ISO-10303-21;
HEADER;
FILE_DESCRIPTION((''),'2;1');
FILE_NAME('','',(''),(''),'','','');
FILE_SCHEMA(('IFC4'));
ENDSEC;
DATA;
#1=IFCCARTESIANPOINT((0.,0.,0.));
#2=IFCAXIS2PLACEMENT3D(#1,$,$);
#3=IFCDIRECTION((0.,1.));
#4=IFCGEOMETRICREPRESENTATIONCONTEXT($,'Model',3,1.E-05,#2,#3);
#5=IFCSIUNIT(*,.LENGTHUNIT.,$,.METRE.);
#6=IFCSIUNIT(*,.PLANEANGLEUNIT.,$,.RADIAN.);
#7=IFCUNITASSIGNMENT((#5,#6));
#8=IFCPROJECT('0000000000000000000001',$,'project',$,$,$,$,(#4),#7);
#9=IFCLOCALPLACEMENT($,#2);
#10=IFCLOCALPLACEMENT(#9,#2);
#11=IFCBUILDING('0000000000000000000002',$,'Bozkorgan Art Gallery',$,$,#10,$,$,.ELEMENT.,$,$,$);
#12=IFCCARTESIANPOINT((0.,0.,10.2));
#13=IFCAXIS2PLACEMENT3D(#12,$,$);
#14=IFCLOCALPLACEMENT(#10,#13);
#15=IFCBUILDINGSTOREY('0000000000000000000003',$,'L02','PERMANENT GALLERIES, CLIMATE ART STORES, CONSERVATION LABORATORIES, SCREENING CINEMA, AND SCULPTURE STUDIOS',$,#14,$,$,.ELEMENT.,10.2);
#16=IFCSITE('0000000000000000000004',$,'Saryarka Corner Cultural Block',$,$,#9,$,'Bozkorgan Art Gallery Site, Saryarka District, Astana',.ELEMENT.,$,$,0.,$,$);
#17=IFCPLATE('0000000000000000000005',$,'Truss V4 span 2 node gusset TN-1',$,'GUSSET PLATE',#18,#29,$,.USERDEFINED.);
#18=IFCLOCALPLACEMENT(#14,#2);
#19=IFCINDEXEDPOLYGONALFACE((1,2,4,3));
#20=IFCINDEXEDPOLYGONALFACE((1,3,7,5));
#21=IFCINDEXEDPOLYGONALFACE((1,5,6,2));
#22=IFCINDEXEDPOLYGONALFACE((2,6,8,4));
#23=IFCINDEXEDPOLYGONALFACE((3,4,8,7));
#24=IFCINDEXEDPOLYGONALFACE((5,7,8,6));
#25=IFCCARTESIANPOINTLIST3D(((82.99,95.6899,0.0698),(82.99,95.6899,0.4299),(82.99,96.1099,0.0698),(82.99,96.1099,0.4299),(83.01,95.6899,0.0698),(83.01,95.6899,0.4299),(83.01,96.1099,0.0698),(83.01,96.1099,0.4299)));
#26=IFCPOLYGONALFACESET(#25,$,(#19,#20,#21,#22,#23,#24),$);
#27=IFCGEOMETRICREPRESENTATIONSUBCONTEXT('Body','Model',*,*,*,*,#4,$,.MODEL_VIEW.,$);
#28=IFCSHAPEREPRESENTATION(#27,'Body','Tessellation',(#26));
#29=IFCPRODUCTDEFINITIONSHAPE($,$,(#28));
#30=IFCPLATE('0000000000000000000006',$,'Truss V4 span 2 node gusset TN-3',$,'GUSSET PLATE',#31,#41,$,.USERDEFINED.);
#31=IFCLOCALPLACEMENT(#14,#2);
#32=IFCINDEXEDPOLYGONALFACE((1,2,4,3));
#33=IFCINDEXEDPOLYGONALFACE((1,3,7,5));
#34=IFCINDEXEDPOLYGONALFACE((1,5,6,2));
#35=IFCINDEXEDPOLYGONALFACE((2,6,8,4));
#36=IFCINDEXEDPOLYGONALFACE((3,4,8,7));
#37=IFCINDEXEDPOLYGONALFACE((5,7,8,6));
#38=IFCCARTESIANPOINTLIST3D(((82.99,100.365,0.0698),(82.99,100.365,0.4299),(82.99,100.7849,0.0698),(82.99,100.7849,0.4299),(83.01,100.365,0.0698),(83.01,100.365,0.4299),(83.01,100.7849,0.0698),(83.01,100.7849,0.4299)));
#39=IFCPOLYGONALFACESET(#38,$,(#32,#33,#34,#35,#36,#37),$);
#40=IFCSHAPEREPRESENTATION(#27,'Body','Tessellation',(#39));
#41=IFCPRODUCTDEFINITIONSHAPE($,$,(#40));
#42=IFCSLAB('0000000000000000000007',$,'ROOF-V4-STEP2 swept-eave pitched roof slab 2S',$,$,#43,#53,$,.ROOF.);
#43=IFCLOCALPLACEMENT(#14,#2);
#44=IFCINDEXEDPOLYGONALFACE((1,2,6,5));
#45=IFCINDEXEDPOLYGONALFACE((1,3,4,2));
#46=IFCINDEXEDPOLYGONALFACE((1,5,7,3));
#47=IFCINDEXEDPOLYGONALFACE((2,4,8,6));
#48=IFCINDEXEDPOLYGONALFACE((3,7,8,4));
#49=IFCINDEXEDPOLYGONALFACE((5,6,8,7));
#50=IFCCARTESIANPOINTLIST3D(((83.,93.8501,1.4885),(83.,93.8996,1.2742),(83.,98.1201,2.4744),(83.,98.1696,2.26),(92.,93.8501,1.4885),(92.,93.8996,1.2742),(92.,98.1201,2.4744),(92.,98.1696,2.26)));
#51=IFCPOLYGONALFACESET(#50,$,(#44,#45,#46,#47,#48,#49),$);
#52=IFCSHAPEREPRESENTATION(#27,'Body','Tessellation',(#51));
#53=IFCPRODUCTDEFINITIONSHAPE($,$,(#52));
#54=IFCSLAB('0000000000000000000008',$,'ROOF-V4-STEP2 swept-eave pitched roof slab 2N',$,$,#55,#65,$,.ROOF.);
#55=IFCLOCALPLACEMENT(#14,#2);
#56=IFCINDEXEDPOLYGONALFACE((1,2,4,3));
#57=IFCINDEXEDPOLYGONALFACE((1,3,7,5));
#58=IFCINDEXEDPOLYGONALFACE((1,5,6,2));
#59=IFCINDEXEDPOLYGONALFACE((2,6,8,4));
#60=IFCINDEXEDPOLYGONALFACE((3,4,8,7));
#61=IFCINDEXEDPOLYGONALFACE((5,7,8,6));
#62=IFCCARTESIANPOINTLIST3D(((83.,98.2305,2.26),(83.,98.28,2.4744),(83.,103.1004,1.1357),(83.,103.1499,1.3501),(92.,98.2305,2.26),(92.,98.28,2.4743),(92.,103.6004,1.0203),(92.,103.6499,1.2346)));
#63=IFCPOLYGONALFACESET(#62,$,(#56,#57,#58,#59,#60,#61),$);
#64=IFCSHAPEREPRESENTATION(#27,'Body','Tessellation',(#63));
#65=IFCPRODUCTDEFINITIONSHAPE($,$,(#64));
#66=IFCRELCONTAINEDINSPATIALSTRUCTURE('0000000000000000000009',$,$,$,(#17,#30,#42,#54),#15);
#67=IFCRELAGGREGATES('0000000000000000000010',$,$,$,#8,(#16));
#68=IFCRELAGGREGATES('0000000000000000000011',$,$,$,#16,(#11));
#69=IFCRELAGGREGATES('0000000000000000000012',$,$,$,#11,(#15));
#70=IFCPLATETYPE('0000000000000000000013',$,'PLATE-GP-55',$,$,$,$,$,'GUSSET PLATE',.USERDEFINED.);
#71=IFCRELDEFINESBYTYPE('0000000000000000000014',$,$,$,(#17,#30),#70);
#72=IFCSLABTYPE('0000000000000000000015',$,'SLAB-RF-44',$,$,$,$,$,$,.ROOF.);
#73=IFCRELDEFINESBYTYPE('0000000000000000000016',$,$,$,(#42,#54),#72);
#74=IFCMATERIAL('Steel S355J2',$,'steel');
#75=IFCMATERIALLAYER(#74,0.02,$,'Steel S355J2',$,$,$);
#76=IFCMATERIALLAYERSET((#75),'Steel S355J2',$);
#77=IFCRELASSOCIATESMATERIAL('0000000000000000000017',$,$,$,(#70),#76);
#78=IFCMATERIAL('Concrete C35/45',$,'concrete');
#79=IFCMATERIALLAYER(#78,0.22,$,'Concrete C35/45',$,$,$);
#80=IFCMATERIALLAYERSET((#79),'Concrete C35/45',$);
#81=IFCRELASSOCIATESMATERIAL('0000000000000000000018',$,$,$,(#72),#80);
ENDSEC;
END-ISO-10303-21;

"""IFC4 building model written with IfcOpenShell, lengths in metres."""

from ifc_helpers import new_model, si_unit, direction, frame, origin, origin_2d, place, context, subcontext, project, spatial, polyline, rectangle, outline, extrude, material, layer, layer_set, type_object, element, save


model = new_model("IFC4")

# Units and contexts
model_context = context("Model", 3, precision=1e-05, world=origin(), true_north=direction((0.0, 1.0)))
body_context = subcontext(model_context, "Body", "Model", "MODEL_VIEW")
ifc_project = project(units=[si_unit("LENGTHUNIT", "METRE"), si_unit("PLANEANGLEUNIT", "RADIAN")], contexts=[model_context])

# Site, building, storey
site_placement = place(None, origin())
site = spatial("IfcSite", under=ifc_project, at=site_placement, Name="Saryarka Corner Cultural Block", LongName="Bozkorgan Art Gallery Site, Saryarka District, Astana", CompositionType="ELEMENT", RefElevation=0.0)
building_placement = place(site_placement, origin())
building = spatial("IfcBuilding", under=site, at=building_placement, Name="Bozkorgan Art Gallery", CompositionType="ELEMENT")
storey_placement = place(building_placement, frame((0.0, 0.0, 10.2)))
storey = spatial("IfcBuildingStorey", under=building, at=storey_placement, Name="L02", Description="PERMANENT GALLERIES, CLIMATE ART STORES, CONSERVATION LABORATORIES, SCREENING CINEMA, AND SCULPTURE STUDIOS", CompositionType="ELEMENT", Elevation=10.2)

# Shared definitions
ifc_material_1 = material(Name="Steel S355J2", Category="steel")

# Plates
ifc_layer_1 = layer(ifc_material_1, 0.02, Name="Steel S355J2")
ifc_layer_set_1 = layer_set([ifc_layer_1], Name="Steel S355J2")
plate_type_1 = type_object("IfcPlateType", Name="PLATE-GP-55", ElementType="GUSSET PLATE", PredefinedType="USERDEFINED", material=ifc_layer_set_1)
for number, where, z_axis, x_axis, name in (
    (1, (83.0, 95.8999, 0.0698), (0.0, 0.0, 1.0), (1.0, 0.0, 0.0), "Truss V4 span 2 node gusset TN-1"),
    (2, (83.0, 100.575, 0.0698), (0.0, 0.0, 1.0), (1.0, 0.0, 0.0), "Truss V4 span 2 node gusset TN-3"),
):
    element("IfcPlate", number, at=place(storey_placement, frame(where, z_axis=z_axis, x_axis=x_axis)), inside=storey, type_object=plate_type_1, Name=name, ObjectType="GUSSET PLATE", PredefinedType="USERDEFINED", context=body_context, shape_type="SweptSolid", body=[
        extrude(rectangle(XDim=0.02, YDim=0.4199, at=origin_2d()), origin(), (0.0, 0.0, 1.0), 0.3601),
    ])

# Slabs
ifc_material_2 = material(Name="Concrete C35/45", Category="concrete")
ifc_layer_2 = layer(ifc_material_2, 0.22, Name="Concrete C35/45")
ifc_layer_set_2 = layer_set([ifc_layer_2], Name="Concrete C35/45")
slab_type = type_object("IfcSlabType", Name="SLAB-RF-44", PredefinedType="ROOF", material=ifc_layer_set_2)
slab_1_placement = place(storey_placement, frame((83.0, 93.8501, 1.4885), z_axis=(0.0, -0.224957, 0.974369), x_axis=(1.0, 0.0, 0.0)))
element("IfcSlab", 3, at=slab_1_placement, inside=storey, type_object=slab_type, Name="ROOF-V4-STEP2 swept-eave pitched roof slab 2S", PredefinedType="ROOF", context=body_context, shape_type="SweptSolid", body=[
    extrude(outline(polyline([(0.0, 0.0), (9.0, 0.0), (9.0, 4.3823), (0.0, 4.3823), (0.0, 0.0)])), origin(), (0.0, 0.0, -1.0), 0.22),
])
slab_2_placement = place(storey_placement, frame((83.0, 98.28, 2.4744), z_axis=(0.000002, 0.224949, 0.97437), x_axis=(1.0, -0.000001, -0.000002)))
element("IfcSlab", 4, at=slab_2_placement, inside=storey, type_object=slab_type, Name="ROOF-V4-STEP2 swept-eave pitched roof slab 2N", PredefinedType="ROOF", context=body_context, shape_type="SweptSolid", body=[
    extrude(outline(polyline([(0.0, 0.0), (9.0, 0.0), (9.0, 5.5111), (0.0, 4.998), (0.0, 0.0)])), origin(), (0.0, 0.0, -1.0), 0.22),
])

save(model, "model.ifc")
